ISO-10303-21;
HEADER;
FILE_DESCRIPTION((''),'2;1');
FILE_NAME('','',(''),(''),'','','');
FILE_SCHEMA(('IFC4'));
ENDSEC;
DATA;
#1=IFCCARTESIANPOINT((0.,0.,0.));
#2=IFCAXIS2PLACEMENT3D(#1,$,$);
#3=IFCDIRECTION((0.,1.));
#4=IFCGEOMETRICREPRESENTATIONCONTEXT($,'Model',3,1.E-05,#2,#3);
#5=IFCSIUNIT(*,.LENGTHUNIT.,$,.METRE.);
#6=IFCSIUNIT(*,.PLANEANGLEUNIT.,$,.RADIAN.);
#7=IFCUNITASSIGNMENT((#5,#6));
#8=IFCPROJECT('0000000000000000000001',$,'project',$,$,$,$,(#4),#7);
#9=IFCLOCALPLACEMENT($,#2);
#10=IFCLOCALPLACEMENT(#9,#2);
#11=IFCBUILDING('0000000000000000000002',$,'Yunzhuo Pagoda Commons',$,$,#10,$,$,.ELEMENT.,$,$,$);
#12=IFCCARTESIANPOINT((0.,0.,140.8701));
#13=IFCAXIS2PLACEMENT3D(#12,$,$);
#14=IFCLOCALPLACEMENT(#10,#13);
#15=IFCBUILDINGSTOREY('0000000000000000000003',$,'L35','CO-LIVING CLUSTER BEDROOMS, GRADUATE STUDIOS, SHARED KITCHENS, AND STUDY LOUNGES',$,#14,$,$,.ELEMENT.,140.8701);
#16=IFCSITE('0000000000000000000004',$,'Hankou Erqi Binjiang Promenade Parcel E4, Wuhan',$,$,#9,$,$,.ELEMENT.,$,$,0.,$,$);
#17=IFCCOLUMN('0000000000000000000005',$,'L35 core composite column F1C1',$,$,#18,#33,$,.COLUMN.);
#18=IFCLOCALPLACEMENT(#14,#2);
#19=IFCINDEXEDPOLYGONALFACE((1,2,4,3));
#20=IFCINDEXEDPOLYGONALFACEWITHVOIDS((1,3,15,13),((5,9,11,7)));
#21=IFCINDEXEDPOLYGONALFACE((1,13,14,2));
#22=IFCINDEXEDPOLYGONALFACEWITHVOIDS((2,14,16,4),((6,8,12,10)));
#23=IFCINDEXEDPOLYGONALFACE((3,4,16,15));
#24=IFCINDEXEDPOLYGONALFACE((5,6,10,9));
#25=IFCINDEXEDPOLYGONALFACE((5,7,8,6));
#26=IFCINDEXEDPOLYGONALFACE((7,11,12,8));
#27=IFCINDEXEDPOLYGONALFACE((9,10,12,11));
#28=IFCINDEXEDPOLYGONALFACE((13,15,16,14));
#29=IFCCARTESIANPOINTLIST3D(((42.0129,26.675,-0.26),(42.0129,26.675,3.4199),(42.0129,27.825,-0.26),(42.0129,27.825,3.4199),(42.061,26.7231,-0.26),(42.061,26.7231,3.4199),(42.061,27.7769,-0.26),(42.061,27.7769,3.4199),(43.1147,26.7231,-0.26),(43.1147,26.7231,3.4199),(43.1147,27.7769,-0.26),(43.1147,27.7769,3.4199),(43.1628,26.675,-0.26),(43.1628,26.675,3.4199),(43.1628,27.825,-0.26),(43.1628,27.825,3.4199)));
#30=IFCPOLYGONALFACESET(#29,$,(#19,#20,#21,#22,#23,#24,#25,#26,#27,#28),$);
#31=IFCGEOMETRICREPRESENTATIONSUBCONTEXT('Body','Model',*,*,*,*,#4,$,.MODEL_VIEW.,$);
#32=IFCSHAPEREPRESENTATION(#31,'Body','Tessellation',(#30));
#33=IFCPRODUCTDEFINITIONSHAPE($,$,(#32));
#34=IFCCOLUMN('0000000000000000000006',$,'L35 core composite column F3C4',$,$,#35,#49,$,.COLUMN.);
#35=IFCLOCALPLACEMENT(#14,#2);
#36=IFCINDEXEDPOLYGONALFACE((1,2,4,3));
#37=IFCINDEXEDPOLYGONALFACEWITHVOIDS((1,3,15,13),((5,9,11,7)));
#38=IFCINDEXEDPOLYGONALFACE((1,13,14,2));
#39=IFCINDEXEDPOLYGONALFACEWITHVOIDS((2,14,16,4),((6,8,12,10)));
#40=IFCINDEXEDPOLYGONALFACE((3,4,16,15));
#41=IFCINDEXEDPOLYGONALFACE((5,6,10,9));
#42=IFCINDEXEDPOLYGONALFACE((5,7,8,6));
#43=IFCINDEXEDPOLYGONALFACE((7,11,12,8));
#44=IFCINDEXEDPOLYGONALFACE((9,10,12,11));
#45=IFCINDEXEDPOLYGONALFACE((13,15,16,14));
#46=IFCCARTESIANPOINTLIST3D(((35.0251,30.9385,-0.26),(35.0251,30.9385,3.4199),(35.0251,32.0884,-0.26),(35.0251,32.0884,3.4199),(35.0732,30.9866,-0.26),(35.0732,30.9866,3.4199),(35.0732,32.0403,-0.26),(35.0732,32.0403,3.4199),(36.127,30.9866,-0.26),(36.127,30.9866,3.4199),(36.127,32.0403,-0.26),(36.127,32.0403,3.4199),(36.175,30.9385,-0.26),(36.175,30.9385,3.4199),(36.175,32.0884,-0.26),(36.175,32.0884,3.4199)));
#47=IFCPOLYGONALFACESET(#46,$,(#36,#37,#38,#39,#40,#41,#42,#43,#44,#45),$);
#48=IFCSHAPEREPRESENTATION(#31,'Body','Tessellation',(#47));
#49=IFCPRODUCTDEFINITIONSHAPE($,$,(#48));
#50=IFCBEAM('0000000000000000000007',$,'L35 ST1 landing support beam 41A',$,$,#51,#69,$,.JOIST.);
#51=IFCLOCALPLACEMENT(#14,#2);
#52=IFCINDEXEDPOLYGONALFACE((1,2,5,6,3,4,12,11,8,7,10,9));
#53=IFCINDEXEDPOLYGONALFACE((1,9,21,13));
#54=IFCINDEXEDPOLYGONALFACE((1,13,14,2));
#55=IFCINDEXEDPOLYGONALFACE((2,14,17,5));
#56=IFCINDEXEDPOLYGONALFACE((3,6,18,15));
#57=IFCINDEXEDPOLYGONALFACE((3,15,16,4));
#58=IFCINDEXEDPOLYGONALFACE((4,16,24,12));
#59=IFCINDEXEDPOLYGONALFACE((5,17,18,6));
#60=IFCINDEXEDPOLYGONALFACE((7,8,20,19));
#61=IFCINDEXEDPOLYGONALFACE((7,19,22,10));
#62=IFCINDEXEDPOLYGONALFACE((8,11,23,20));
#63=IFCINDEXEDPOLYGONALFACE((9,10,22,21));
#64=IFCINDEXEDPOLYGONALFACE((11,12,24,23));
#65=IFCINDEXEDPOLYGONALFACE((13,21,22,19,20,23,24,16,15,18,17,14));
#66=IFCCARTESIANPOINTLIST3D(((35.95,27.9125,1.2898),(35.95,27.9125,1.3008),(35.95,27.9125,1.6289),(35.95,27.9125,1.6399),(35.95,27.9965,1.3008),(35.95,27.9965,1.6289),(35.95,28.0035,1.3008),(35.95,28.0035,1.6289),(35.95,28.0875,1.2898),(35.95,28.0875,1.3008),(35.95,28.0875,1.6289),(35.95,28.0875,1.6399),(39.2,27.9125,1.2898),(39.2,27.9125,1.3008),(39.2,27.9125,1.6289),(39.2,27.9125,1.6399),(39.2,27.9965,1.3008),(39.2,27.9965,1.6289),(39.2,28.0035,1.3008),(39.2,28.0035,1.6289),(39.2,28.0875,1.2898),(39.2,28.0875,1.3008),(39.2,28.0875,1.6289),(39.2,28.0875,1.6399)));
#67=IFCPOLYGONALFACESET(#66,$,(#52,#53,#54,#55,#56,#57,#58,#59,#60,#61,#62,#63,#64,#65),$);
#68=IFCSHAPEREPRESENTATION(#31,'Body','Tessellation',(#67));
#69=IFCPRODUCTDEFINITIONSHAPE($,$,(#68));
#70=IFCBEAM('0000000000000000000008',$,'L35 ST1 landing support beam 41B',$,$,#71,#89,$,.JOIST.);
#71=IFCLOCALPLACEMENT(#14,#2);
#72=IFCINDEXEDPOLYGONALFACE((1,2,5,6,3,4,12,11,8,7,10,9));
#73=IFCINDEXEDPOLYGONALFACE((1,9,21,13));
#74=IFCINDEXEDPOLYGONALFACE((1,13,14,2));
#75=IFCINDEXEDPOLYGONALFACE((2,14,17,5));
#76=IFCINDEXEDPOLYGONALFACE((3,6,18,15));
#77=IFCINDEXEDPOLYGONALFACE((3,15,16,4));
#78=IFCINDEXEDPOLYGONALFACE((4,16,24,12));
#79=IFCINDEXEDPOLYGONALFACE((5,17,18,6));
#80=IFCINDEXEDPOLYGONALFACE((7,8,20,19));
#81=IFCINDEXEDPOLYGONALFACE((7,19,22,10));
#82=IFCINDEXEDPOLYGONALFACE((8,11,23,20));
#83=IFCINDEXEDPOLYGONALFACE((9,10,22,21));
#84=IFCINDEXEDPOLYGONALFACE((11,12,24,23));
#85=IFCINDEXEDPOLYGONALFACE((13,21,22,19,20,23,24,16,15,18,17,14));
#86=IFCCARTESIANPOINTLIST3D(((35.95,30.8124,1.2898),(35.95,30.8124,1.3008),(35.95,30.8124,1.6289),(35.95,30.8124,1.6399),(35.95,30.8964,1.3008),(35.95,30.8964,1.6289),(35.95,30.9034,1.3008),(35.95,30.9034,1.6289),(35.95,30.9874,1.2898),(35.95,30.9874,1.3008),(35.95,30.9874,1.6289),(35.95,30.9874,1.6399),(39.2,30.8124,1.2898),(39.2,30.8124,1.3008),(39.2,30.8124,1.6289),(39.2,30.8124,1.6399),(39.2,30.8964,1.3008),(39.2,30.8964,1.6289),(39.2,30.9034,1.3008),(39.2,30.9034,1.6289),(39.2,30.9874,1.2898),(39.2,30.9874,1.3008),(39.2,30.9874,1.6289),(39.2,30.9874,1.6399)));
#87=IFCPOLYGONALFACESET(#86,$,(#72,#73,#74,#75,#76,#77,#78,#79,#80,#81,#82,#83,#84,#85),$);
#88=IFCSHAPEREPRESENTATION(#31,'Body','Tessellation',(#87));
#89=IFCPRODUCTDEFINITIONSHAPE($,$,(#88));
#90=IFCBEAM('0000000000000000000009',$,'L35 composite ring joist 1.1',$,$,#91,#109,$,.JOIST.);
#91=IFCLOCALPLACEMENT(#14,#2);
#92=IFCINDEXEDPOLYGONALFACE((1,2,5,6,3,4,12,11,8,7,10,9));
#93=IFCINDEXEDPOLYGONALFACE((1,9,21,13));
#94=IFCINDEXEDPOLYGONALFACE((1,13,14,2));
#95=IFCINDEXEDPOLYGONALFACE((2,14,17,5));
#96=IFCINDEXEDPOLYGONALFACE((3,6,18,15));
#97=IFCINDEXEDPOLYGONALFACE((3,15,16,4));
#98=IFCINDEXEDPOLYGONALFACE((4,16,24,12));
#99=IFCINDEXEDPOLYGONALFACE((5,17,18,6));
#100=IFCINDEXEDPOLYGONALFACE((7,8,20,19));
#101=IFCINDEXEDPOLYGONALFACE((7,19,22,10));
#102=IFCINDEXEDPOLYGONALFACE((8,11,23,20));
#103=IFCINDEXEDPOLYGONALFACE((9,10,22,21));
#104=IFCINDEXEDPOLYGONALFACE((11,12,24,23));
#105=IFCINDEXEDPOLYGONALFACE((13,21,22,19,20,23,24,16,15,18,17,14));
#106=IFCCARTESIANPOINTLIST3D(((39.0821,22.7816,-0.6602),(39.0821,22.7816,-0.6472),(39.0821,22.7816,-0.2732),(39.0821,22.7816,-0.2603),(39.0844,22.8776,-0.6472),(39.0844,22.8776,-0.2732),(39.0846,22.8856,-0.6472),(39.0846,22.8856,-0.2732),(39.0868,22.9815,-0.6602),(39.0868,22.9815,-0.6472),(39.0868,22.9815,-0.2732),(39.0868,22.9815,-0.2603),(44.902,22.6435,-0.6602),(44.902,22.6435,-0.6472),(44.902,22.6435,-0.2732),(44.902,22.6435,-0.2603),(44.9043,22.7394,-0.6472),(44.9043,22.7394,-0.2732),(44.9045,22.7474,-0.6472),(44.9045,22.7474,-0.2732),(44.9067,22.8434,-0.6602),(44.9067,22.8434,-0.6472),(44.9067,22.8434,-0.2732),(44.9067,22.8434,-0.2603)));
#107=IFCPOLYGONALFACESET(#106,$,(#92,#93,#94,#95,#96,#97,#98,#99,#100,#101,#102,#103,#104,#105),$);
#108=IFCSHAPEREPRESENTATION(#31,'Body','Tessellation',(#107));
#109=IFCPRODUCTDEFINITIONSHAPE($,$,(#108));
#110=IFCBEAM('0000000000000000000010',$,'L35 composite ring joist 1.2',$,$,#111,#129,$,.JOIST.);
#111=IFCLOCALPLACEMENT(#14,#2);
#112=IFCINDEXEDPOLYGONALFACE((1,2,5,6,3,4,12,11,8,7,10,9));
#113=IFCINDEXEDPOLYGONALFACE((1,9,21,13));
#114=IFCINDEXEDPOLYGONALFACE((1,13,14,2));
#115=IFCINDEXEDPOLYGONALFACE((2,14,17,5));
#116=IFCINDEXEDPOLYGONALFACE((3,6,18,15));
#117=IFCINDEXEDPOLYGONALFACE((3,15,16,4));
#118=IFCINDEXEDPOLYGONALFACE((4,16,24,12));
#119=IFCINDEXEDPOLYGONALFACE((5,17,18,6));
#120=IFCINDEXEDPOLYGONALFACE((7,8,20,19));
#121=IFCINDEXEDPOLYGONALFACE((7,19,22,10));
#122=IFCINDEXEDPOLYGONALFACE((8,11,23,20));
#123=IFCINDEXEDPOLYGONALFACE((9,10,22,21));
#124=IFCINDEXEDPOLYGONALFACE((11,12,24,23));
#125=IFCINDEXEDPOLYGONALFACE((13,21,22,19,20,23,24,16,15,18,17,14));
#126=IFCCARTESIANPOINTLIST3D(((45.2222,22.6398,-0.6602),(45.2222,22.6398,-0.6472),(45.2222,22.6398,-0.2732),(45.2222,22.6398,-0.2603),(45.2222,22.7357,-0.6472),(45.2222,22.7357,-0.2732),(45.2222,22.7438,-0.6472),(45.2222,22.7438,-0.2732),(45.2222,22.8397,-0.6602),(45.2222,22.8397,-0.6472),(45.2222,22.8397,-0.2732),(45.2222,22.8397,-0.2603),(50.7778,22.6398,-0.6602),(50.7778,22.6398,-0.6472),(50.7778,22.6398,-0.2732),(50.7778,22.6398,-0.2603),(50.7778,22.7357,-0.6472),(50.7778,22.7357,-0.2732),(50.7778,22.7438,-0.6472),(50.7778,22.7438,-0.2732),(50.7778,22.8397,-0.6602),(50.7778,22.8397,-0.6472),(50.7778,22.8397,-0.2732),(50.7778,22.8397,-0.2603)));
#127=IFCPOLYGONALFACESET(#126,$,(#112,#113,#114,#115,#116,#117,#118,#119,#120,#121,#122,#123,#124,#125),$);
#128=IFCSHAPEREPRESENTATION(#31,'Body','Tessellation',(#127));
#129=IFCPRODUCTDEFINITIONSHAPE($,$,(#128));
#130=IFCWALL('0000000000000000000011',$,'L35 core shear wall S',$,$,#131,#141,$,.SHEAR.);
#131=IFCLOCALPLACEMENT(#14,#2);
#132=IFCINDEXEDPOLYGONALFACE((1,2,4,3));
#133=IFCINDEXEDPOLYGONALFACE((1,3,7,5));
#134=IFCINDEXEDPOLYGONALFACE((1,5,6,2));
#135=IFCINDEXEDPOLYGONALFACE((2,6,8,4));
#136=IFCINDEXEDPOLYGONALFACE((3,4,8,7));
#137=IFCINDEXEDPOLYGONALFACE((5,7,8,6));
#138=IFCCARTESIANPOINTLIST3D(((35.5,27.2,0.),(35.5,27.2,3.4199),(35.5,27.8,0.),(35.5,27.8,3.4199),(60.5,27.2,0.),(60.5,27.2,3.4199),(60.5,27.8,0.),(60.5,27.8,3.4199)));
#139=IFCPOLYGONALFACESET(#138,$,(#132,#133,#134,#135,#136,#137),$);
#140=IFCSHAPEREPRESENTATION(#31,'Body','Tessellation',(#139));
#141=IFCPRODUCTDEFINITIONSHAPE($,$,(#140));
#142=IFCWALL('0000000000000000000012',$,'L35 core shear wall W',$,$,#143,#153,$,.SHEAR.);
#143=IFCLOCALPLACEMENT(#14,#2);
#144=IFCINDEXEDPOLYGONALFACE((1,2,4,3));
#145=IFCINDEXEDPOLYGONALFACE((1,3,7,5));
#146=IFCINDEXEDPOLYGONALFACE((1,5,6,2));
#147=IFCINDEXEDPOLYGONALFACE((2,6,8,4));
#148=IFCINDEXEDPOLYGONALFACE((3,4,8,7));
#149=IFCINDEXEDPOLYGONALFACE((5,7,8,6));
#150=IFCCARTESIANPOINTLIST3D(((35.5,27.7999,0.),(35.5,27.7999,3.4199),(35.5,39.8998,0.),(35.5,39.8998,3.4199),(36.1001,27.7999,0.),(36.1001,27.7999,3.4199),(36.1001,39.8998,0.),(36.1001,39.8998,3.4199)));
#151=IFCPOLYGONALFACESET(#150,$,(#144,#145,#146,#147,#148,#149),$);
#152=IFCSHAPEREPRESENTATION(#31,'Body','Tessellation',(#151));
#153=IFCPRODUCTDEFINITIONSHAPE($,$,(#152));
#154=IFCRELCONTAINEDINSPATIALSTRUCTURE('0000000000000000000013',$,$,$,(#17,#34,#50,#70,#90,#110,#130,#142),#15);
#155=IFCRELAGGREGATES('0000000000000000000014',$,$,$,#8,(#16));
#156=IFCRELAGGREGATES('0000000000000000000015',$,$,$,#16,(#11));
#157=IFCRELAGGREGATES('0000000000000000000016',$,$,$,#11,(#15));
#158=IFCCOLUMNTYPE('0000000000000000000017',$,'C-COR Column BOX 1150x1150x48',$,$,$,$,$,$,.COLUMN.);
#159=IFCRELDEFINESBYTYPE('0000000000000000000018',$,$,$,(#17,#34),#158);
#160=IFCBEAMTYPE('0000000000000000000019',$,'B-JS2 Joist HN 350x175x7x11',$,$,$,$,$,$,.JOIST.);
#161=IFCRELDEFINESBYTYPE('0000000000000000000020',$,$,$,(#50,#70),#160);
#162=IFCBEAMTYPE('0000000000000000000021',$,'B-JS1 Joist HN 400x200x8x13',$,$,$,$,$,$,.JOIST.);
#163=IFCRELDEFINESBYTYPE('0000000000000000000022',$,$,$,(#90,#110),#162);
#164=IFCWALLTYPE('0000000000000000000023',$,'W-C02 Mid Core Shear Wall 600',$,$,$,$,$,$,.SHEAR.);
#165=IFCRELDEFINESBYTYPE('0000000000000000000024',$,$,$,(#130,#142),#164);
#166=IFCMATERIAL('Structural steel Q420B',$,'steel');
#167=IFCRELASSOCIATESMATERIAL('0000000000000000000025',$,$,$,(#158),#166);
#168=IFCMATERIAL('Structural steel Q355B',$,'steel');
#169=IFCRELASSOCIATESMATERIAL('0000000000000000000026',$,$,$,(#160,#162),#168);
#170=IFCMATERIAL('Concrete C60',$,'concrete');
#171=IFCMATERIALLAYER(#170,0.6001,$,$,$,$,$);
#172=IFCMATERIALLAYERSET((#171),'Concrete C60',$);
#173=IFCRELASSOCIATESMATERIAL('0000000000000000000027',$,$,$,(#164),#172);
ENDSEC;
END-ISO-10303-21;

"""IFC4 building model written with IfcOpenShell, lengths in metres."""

from ifc_helpers import new_model, si_unit, direction, frame, frame_2d, origin, origin_2d, place, context, subcontext, project, spatial, rectangle, hollow_rectangle, i_section, extrude, source, transform, mapped, material, layer, layer_set, material_profile, profile_set, type_object, element, save


model = new_model("IFC4")

# Units and contexts
model_context = context("Model", 3, precision=1e-05, world=origin(), true_north=direction((0.0, 1.0)))
body_context = subcontext(model_context, "Body", "Model", "MODEL_VIEW")
ifc_project = project(units=[si_unit("LENGTHUNIT", "METRE"), si_unit("PLANEANGLEUNIT", "RADIAN")], contexts=[model_context])

# Site, building, storey
site_placement = place(None, origin())
site = spatial("IfcSite", under=ifc_project, at=site_placement, Name="Hankou Erqi Binjiang Promenade Parcel E4, Wuhan", CompositionType="ELEMENT", RefElevation=0.0)
building_placement = place(site_placement, origin())
building = spatial("IfcBuilding", under=site, at=building_placement, Name="Yunzhuo Pagoda Commons", CompositionType="ELEMENT")
storey_placement = place(building_placement, frame((0.0, 0.0, 140.8701)))
storey = spatial("IfcBuildingStorey", under=building, at=storey_placement, Name="L35", Description="CO-LIVING CLUSTER BEDROOMS, GRADUATE STUDIOS, SHARED KITCHENS, AND STUDY LOUNGES", CompositionType="ELEMENT", Elevation=140.8701)

# Columns
ifc_material_1 = material(Name="Structural steel Q420B", Category="steel")
ifc_material_profile_1 = material_profile(ifc_material_1, hollow_rectangle(XDim=1.1499, YDim=1.1499, WallThickness=0.0481, at=origin_2d()), Name="Structural steel Q420B")
ifc_profile_set_1 = profile_set([ifc_material_profile_1], Name="Structural steel Q420B")
column_type = type_object("IfcColumnType", Name="C-COR Column BOX 1150x1150x48", PredefinedType="COLUMN", material=ifc_profile_set_1)
shared_shape_1 = source(origin(), body_context, "Body", "SweptSolid", [
    extrude(hollow_rectangle(XDim=1.1499, YDim=1.1499, WallThickness=0.0481, at=origin_2d()), origin(), (0.0, 0.0, 1.0), 3.6799),
])
for number, where, z_axis, x_axis, name in (
    (1, (42.5879, 27.25, -0.26), (0.0, 0.0, 1.0), (1.0, 0.0, 0.0), "L35 core composite column F1C1"),
    (2, (35.6001, 31.5134, -0.26), (0.0, 0.0, 1.0), (1.0, 0.0, 0.0), "L35 core composite column F3C4"),
):
    element("IfcColumn", number, at=place(storey_placement, frame(where, z_axis=z_axis, x_axis=x_axis)), inside=storey, type_object=column_type, Name=name, PredefinedType="COLUMN", context=body_context, shape_type="MappedRepresentation", body=[
        mapped(shared_shape_1, transform((0.0, 0.0, 0.0), scale=1.0)),
    ])

# Beams
ifc_material_2 = material(Name="Structural steel Q355B", Category="steel")
ifc_material_profile_2 = material_profile(ifc_material_2, i_section(OverallWidth=0.175, OverallDepth=0.3501, WebThickness=0.0071, FlangeThickness=0.011, at=origin_2d()), Name="Structural steel Q355B")
ifc_profile_set_2 = profile_set([ifc_material_profile_2], Name="Structural steel Q355B")
beam_type_1 = type_object("IfcBeamType", Name="B-JS2 Joist HN 350x175x7x11", PredefinedType="JOIST", material=ifc_profile_set_2)
shared_shape_2 = source(origin(), body_context, "Body", "SweptSolid", [
    extrude(i_section(OverallWidth=0.175, OverallDepth=0.3501, WebThickness=0.0071, FlangeThickness=0.011, at=origin_2d()), origin(), (0.0, 0.0, 1.0), 3.25),
])
for number, where, z_axis, x_axis, name in (
    (3, (35.95, 28.0, 1.4648), (1.0, 0.0, 0.0), (0.0, 1.0, 0.0), "L35 ST1 landing support beam 41A"),
    (4, (35.95, 30.8999, 1.4648), (1.0, 0.0, 0.0), (0.0, 1.0, 0.0), "L35 ST1 landing support beam 41B"),
):
    element("IfcBeam", number, at=place(storey_placement, frame(where, z_axis=z_axis, x_axis=x_axis)), inside=storey, type_object=beam_type_1, Name=name, PredefinedType="JOIST", context=body_context, shape_type="MappedRepresentation", body=[
        mapped(shared_shape_2, transform((0.0, 0.0, 0.0), scale=1.0)),
    ])
ifc_material_profile_3 = material_profile(ifc_material_2, i_section(OverallWidth=0.2, OverallDepth=0.3999, WebThickness=0.0081, FlangeThickness=0.0129, at=origin_2d()), Name="Structural steel Q355B")
ifc_profile_set_3 = profile_set([ifc_material_profile_3], Name="Structural steel Q355B")
beam_type_2 = type_object("IfcBeamType", Name="B-JS1 Joist HN 400x200x8x13", PredefinedType="JOIST", material=ifc_profile_set_3)
shared_shape_3 = source(origin(), body_context, "Body", "SweptSolid", [
    extrude(i_section(OverallWidth=0.2, OverallDepth=0.3999, WebThickness=0.0081, FlangeThickness=0.0129, at=origin_2d()), origin(), (0.0, 0.0, 1.0), 5.8215),
])
beam_1_placement = place(storey_placement, frame((39.0845, 22.8816, -0.4602), z_axis=(0.999718, -0.023737, 0.0), x_axis=(0.023737, 0.999718, 0.0)))
element("IfcBeam", 5, at=beam_1_placement, inside=storey, type_object=beam_type_2, Name="L35 composite ring joist 1.1", PredefinedType="JOIST", context=body_context, shape_type="MappedRepresentation", body=[
    mapped(shared_shape_3, transform((0.0, 0.0, 0.0), scale=1.0)),
])
shared_shape_4 = source(origin(), body_context, "Body", "SweptSolid", [
    extrude(i_section(OverallWidth=0.2, OverallDepth=0.3999, WebThickness=0.0081, FlangeThickness=0.0129, at=origin_2d()), origin(), (0.0, 0.0, 1.0), 5.5557),
])
beam_2_placement = place(storey_placement, frame((45.2222, 22.7397, -0.4602), z_axis=(1.0, 0.0, 0.0), x_axis=(0.0, 1.0, 0.0)))
element("IfcBeam", 6, at=beam_2_placement, inside=storey, type_object=beam_type_2, Name="L35 composite ring joist 1.2", PredefinedType="JOIST", context=body_context, shape_type="MappedRepresentation", body=[
    mapped(shared_shape_4, transform((0.0, 0.0, 0.0), scale=1.0)),
])

# Walls
ifc_material_3 = material(Name="Concrete C60", Category="concrete")
ifc_layer_1 = layer(ifc_material_3, 0.6001)
ifc_layer_set_1 = layer_set([ifc_layer_1], Name="Concrete C60")
wall_type_1 = type_object("IfcWallType", Name="W-C02 Mid Core Shear Wall 600", PredefinedType="SHEAR", material=ifc_layer_set_1)
wall_1_placement = place(storey_placement, frame((35.5, 27.5, 0.0), z_axis=(0.0, 0.0, 1.0), x_axis=(1.0, 0.0, 0.0)))
element("IfcWall", 7, at=wall_1_placement, inside=storey, type_object=wall_type_1, Name="L35 core shear wall S", PredefinedType="SHEAR", context=body_context, shape_type="SweptSolid", body=[
    extrude(rectangle(XDim=25.0, YDim=0.6001, at=frame_2d((12.5, 0.0))), origin(), (0.0, 0.0, 1.0), 3.4199),
])
wall_2_placement = place(storey_placement, frame((35.8, 27.8, 0.0), z_axis=(0.0, 0.0, 1.0), x_axis=(0.0, 1.0, 0.0)))
element("IfcWall", 8, at=wall_2_placement, inside=storey, type_object=wall_type_1, Name="L35 core shear wall W", PredefinedType="SHEAR", context=body_context, shape_type="SweptSolid", body=[
    extrude(rectangle(XDim=12.0999, YDim=0.6001, at=frame_2d((6.0498, 0.0))), origin(), (0.0, 0.0, 1.0), 3.4199),
])

save(model, "model.ifc")
